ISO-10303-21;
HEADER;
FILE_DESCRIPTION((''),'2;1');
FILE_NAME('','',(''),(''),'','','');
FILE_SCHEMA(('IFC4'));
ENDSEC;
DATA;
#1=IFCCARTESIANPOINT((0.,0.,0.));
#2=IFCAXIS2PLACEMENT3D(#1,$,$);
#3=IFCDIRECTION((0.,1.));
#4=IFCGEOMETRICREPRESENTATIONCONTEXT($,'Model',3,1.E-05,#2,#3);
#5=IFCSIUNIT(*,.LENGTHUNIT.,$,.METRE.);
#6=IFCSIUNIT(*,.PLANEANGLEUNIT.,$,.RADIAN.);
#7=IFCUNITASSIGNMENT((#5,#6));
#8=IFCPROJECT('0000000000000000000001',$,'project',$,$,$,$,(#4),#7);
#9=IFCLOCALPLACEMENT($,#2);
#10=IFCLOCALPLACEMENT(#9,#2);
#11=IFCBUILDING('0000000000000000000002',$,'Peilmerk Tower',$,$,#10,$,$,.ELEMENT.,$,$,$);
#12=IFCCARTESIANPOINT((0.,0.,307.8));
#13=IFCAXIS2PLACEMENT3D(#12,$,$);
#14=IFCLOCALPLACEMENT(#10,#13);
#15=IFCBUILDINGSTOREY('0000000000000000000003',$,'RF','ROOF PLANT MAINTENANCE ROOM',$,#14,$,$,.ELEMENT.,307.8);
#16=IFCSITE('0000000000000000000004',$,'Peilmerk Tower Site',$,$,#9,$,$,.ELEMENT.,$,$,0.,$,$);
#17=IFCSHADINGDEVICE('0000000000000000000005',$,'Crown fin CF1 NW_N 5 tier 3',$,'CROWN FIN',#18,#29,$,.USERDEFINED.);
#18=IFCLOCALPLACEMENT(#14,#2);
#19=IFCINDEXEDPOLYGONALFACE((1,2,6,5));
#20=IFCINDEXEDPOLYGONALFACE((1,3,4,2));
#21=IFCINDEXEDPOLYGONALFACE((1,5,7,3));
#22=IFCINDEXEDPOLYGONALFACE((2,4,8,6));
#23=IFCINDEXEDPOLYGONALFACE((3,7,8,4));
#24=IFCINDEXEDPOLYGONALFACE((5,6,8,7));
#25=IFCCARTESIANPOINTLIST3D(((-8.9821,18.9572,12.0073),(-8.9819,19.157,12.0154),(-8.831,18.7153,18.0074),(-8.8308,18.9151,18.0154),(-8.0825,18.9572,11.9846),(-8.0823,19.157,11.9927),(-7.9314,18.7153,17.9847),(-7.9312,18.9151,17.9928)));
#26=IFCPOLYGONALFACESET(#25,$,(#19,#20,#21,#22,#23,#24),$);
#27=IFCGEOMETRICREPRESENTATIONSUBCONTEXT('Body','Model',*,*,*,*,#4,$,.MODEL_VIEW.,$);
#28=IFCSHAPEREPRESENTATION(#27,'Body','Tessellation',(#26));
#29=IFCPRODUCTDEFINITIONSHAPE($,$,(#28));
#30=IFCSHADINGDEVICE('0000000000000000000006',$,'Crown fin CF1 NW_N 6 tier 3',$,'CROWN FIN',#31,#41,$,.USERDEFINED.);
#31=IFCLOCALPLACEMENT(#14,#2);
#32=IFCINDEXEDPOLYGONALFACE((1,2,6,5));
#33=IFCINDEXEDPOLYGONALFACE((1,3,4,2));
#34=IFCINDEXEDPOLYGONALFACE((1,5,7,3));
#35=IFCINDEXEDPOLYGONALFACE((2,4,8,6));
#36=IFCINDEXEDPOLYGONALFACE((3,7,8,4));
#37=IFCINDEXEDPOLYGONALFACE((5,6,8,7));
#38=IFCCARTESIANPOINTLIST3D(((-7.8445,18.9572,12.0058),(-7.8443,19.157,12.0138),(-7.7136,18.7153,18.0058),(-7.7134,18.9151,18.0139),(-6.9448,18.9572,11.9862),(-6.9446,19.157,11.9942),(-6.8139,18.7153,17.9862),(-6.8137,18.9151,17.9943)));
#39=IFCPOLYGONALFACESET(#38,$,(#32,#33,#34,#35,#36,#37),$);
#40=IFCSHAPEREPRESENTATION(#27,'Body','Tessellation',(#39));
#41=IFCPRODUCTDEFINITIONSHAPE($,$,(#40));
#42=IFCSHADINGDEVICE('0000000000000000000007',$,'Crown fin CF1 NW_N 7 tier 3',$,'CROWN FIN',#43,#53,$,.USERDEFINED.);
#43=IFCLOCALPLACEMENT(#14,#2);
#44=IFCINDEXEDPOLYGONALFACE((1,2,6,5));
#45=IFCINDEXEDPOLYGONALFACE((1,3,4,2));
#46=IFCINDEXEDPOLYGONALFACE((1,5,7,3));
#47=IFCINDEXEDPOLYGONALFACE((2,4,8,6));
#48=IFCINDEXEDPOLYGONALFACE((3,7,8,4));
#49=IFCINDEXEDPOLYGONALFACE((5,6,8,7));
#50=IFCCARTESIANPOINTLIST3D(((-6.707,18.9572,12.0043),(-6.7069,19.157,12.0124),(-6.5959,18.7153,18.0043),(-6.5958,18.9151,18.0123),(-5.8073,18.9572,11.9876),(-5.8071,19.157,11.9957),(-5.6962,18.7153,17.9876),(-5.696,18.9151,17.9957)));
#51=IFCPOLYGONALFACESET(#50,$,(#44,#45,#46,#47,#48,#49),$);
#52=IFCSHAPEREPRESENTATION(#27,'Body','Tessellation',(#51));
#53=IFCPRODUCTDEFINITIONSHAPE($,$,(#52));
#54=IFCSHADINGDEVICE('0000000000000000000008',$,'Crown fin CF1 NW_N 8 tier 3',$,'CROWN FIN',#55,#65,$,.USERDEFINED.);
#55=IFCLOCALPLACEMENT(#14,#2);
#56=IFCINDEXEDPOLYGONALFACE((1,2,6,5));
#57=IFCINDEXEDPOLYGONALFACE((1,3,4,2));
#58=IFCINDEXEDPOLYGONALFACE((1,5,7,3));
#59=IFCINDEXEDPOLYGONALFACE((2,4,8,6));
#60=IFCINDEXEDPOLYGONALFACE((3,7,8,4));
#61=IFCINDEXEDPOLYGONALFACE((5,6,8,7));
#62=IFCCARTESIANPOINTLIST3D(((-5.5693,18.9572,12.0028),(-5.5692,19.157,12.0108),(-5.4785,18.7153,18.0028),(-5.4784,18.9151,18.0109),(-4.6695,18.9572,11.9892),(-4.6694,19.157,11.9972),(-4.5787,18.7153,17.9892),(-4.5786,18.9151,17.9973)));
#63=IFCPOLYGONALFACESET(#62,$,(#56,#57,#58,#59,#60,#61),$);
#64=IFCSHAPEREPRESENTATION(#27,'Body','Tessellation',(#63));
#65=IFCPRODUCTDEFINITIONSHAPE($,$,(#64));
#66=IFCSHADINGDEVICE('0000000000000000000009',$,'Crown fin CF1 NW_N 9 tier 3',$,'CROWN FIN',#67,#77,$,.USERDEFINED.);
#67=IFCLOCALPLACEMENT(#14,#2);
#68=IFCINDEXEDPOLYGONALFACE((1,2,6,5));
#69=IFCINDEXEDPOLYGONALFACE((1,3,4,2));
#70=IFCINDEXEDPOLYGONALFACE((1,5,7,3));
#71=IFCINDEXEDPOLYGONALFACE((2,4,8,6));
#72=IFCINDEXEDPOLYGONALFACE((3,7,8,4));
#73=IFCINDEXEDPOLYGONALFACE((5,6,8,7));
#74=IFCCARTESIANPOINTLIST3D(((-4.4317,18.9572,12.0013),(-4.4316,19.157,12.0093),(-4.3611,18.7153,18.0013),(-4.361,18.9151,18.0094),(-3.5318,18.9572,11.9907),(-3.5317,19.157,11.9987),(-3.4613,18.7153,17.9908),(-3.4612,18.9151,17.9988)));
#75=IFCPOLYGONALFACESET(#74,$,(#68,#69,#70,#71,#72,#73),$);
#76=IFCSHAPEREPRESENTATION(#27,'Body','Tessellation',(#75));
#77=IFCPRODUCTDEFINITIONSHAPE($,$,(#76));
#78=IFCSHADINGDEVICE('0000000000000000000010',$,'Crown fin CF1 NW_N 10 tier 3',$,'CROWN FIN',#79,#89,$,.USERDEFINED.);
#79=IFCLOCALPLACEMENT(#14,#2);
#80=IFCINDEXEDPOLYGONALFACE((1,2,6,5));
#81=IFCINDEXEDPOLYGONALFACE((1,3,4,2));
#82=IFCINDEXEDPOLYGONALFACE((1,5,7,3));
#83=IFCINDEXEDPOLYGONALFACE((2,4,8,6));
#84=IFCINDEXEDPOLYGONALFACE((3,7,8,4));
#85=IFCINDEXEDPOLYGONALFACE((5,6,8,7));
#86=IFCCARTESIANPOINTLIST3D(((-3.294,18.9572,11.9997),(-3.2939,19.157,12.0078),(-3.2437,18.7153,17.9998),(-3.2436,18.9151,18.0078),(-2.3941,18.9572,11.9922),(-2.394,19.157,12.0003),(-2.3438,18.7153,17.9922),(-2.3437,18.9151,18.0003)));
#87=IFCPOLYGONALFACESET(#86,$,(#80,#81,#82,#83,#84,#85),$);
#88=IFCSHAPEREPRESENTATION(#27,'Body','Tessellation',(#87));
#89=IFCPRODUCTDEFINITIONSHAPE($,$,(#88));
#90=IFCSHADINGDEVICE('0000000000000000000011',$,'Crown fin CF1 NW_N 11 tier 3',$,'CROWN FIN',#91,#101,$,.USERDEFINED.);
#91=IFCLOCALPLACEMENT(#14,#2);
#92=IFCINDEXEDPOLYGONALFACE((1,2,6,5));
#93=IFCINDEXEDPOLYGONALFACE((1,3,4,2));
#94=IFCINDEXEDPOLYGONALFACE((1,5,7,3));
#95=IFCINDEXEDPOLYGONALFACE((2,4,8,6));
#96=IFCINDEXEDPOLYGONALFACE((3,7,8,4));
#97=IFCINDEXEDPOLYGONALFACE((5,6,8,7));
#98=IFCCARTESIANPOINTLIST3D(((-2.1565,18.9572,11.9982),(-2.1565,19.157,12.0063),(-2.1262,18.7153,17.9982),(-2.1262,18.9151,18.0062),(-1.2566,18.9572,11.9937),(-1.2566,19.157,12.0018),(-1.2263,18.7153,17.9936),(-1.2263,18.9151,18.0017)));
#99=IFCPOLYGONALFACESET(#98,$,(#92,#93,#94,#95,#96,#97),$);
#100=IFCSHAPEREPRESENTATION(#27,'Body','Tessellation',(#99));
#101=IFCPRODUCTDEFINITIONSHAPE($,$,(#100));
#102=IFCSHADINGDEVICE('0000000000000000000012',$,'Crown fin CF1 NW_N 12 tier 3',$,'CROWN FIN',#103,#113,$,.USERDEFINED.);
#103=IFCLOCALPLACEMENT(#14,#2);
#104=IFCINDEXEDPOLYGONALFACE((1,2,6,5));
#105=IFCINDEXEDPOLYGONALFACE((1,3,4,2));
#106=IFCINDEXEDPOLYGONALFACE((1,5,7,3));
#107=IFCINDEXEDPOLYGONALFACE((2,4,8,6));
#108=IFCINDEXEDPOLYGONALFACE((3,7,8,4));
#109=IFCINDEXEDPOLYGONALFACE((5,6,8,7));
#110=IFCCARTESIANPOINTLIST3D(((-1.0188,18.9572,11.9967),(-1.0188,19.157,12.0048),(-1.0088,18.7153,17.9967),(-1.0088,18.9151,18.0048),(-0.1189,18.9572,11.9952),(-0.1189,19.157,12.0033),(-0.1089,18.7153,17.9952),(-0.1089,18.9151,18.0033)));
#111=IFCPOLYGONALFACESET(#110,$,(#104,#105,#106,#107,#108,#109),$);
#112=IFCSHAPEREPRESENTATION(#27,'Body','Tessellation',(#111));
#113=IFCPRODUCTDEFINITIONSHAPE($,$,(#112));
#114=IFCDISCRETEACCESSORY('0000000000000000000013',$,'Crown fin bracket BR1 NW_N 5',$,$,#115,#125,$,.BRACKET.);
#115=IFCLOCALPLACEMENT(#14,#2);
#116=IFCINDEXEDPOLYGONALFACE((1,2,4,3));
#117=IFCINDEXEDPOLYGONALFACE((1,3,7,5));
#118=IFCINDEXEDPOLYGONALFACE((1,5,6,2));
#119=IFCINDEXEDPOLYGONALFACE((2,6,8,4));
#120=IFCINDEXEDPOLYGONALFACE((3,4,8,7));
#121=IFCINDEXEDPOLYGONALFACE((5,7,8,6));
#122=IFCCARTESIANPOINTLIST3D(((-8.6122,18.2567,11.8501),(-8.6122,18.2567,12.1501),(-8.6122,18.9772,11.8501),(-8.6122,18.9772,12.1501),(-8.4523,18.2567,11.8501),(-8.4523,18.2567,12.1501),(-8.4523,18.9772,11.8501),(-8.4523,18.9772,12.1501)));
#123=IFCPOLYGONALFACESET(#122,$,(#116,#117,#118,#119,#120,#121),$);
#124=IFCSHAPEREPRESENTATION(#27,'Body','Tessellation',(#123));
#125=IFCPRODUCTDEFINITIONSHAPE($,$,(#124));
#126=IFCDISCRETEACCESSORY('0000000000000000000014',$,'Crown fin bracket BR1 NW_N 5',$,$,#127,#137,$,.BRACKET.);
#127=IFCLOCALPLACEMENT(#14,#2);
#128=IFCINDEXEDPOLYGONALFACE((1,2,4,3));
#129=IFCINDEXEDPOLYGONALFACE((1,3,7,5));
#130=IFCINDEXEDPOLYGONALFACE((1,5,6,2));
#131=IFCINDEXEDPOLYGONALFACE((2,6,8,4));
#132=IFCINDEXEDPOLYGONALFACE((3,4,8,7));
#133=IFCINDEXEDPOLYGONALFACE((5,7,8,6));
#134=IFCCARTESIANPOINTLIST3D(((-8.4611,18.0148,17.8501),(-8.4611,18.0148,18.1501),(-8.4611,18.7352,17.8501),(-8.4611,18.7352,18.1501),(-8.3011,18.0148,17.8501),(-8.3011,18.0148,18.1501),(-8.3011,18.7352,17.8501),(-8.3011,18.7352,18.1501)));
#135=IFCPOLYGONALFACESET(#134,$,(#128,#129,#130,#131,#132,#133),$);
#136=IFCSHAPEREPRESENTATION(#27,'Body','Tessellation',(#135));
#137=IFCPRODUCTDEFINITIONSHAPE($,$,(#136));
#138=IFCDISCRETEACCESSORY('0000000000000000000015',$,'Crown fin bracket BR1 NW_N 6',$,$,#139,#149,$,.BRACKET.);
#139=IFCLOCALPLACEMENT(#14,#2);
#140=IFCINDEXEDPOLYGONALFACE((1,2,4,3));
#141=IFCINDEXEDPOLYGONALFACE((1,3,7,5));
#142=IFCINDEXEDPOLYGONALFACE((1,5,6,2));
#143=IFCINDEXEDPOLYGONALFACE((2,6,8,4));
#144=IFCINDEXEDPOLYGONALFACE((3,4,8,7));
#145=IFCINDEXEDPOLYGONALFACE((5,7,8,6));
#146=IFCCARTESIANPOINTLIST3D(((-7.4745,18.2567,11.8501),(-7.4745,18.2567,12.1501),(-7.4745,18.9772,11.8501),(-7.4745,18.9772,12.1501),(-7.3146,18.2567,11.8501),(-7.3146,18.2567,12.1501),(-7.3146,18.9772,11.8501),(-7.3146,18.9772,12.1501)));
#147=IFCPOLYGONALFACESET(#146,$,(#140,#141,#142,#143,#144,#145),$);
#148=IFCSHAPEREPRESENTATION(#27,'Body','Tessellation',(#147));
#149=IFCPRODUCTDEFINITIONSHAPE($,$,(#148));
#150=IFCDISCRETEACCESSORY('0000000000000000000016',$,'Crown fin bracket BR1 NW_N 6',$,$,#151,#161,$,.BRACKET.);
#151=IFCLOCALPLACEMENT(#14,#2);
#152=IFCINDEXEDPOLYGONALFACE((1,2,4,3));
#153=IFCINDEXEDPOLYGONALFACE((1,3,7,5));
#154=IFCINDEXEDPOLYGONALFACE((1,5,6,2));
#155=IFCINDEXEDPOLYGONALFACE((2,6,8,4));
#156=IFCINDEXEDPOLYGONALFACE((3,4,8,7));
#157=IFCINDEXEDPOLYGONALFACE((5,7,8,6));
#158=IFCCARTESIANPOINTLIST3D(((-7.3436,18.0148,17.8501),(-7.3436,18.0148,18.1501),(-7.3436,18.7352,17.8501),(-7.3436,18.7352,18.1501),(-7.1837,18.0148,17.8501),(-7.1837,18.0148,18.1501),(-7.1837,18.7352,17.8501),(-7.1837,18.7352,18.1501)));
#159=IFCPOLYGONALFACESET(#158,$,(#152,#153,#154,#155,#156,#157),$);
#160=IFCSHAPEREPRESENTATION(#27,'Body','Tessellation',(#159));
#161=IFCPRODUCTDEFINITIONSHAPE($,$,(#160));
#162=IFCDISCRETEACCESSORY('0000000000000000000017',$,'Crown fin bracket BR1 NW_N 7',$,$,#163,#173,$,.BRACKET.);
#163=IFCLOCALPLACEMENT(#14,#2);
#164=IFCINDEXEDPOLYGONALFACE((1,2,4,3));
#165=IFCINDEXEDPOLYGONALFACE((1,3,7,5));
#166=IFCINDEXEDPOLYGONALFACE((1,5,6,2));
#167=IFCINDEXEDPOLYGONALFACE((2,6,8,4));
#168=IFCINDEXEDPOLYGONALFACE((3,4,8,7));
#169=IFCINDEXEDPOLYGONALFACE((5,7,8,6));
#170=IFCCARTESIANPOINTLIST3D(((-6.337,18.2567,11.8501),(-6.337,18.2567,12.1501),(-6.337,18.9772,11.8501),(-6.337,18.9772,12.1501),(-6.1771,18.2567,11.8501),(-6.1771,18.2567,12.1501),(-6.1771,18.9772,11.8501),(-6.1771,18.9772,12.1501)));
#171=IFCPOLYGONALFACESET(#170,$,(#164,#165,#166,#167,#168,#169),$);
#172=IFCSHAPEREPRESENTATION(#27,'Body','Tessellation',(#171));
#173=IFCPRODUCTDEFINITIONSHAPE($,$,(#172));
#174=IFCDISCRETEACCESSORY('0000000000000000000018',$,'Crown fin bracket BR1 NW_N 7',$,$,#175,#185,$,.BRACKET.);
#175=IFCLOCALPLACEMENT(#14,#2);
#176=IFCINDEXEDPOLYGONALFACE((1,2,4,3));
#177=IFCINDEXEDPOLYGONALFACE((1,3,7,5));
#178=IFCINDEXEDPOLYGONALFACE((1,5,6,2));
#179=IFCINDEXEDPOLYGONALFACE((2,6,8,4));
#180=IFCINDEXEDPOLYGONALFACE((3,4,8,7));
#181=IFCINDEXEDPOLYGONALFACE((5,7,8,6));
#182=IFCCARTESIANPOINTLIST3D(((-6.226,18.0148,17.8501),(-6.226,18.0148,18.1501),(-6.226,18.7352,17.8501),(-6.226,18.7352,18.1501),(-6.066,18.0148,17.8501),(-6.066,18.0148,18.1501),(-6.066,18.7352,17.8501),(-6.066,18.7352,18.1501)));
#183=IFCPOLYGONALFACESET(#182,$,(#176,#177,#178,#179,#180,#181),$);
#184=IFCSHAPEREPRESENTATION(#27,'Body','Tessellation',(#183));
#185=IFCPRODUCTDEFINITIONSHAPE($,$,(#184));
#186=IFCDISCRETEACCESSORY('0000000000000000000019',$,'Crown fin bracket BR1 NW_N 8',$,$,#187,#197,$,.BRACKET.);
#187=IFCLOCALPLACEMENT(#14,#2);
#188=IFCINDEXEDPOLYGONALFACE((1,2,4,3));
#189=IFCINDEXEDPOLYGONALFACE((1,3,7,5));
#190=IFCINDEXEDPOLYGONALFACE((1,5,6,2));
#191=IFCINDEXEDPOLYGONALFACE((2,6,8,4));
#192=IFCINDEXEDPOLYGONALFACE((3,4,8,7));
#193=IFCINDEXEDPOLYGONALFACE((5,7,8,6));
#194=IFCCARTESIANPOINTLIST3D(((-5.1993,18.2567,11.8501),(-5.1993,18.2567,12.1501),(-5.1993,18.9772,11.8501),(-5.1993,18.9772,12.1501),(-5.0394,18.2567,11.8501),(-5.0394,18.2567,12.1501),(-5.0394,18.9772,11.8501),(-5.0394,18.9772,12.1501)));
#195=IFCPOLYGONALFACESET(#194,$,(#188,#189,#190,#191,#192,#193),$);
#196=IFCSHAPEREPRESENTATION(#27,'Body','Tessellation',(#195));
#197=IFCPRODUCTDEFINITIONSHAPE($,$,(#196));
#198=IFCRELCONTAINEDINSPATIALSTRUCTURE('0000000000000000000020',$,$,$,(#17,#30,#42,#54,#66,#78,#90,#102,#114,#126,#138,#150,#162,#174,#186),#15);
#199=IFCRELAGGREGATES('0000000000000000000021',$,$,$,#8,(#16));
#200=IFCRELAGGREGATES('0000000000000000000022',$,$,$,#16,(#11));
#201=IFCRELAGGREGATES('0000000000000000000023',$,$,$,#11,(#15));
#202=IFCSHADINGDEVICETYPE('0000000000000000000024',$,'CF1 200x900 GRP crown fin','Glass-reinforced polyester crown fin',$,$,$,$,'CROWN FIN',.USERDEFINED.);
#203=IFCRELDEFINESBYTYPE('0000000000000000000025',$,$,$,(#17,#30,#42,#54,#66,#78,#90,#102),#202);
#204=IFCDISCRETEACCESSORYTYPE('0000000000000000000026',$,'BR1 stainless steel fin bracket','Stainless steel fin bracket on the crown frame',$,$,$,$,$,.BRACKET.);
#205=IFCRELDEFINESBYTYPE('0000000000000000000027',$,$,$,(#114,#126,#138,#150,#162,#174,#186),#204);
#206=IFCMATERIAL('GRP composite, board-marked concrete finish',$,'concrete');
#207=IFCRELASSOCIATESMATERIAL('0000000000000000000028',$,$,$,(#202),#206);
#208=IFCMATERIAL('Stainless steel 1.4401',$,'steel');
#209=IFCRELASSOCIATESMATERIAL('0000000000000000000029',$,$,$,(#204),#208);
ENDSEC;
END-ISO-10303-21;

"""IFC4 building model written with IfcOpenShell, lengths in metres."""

from ifc_helpers import new_model, si_unit, direction, frame, origin, origin_2d, place, context, subcontext, project, spatial, rectangle, extrude, source, transform, mapped, material, material_profile, profile_set, type_object, element, save


model = new_model("IFC4")

# Units and contexts
model_context = context("Model", 3, precision=1e-05, world=origin(), true_north=direction((0.0, 1.0)))
body_context = subcontext(model_context, "Body", "Model", "MODEL_VIEW")
ifc_project = project(units=[si_unit("LENGTHUNIT", "METRE"), si_unit("PLANEANGLEUNIT", "RADIAN")], contexts=[model_context])

# Site, building, storey
site_placement = place(None, origin())
site = spatial("IfcSite", under=ifc_project, at=site_placement, Name="Peilmerk Tower Site", CompositionType="ELEMENT", RefElevation=0.0)
building_placement = place(site_placement, origin())
building = spatial("IfcBuilding", under=site, at=building_placement, Name="Peilmerk Tower", CompositionType="ELEMENT")
storey_placement = place(building_placement, frame((0.0, 0.0, 307.8)))
storey = spatial("IfcBuildingStorey", under=building, at=storey_placement, Name="RF", Description="ROOF PLANT MAINTENANCE ROOM", CompositionType="ELEMENT", Elevation=307.8)

# Shading devices
ifc_material_1 = material(Name="GRP composite, board-marked concrete finish", Category="concrete")
ifc_material_profile = material_profile(ifc_material_1, rectangle(XDim=0.2, YDim=0.8999, at=origin_2d()), Name="CF1 200x900")
ifc_profile_set = profile_set([ifc_material_profile], Name="GRP composite, board-marked concrete finish")
shading_device_type = type_object("IfcShadingDeviceType", Name="CF1 200x900 GRP crown fin", Description="Glass-reinforced polyester crown fin", ElementType="CROWN FIN", PredefinedType="USERDEFINED", material=ifc_profile_set)
shared_shape_1 = source(origin(), body_context, "Body", "SweptSolid", [
    extrude(rectangle(XDim=0.2, YDim=0.8999, at=origin_2d()), origin(), (0.0, 0.0, 1.0), 6.0068),
])
shading_device_1_placement = place(storey_placement, frame((-8.5322, 19.0571, 12.0), z_axis=(0.025159, -0.040278, 0.998872), x_axis=(0.001014, 0.999188, 0.040266)))
element("IfcShadingDevice", 1, at=shading_device_1_placement, inside=storey, type_object=shading_device_type, Name="Crown fin CF1 NW_N 5 tier 3", ObjectType="CROWN FIN", PredefinedType="USERDEFINED", context=body_context, shape_type="MappedRepresentation", body=[
    mapped(shared_shape_1, transform((0.0, 0.0, 0.0), scale=1.0)),
])
shared_shape_2 = source(origin(), body_context, "Body", "SweptSolid", [
    extrude(rectangle(XDim=0.2, YDim=0.8999, at=origin_2d()), origin(), (0.0, 0.0, 1.0), 6.0063),
])
shading_device_2_placement = place(storey_placement, frame((-7.3945, 19.0571, 12.0), z_axis=(0.021787, -0.040282, 0.998951), x_axis=(0.000878, 0.999188, 0.040272)))
element("IfcShadingDevice", 2, at=shading_device_2_placement, inside=storey, type_object=shading_device_type, Name="Crown fin CF1 NW_N 6 tier 3", ObjectType="CROWN FIN", PredefinedType="USERDEFINED", context=body_context, shape_type="MappedRepresentation", body=[
    mapped(shared_shape_2, transform((0.0, 0.0, 0.0), scale=1.0)),
])
shared_shape_3 = source(origin(), body_context, "Body", "SweptSolid", [
    extrude(rectangle(XDim=0.2, YDim=0.8999, at=origin_2d()), origin(), (0.0, 0.0, 1.0), 6.0059),
])
shading_device_3_placement = place(storey_placement, frame((-6.2571, 19.0571, 12.0), z_axis=(0.018496, -0.040284, 0.999017), x_axis=(0.000746, 0.999188, 0.040277)))
element("IfcShadingDevice", 3, at=shading_device_3_placement, inside=storey, type_object=shading_device_type, Name="Crown fin CF1 NW_N 7 tier 3", ObjectType="CROWN FIN", PredefinedType="USERDEFINED", context=body_context, shape_type="MappedRepresentation", body=[
    mapped(shared_shape_3, transform((0.0, 0.0, 0.0), scale=1.0)),
])
shared_shape_4 = source(origin(), body_context, "Body", "SweptSolid", [
    extrude(rectangle(XDim=0.2, YDim=0.8999, at=origin_2d()), origin(), (0.0, 0.0, 1.0), 6.0056),
])
shading_device_4_placement = place(storey_placement, frame((-5.1194, 19.0571, 12.0), z_axis=(0.015123, -0.040287, 0.999074), x_axis=(0.00061, 0.999188, 0.040282)))
element("IfcShadingDevice", 4, at=shading_device_4_placement, inside=storey, type_object=shading_device_type, Name="Crown fin CF1 NW_N 8 tier 3", ObjectType="CROWN FIN", PredefinedType="USERDEFINED", context=body_context, shape_type="MappedRepresentation", body=[
    mapped(shared_shape_4, transform((0.0, 0.0, 0.0), scale=1.0)),
])
shared_shape_5 = source(origin(), body_context, "Body", "SweptSolid", [
    extrude(rectangle(XDim=0.2, YDim=0.8999, at=origin_2d()), origin(), (0.0, 0.0, 1.0), 6.0054),
])
shading_device_5_placement = place(storey_placement, frame((-3.9817, 19.0571, 12.0), z_axis=(0.011749, -0.040288, 0.999119), x_axis=(0.000474, 0.999188, 0.040286)))
element("IfcShadingDevice", 5, at=shading_device_5_placement, inside=storey, type_object=shading_device_type, Name="Crown fin CF1 NW_N 9 tier 3", ObjectType="CROWN FIN", PredefinedType="USERDEFINED", context=body_context, shape_type="MappedRepresentation", body=[
    mapped(shared_shape_5, transform((0.0, 0.0, 0.0), scale=1.0)),
])
shared_shape_6 = source(origin(), body_context, "Body", "SweptSolid", [
    extrude(rectangle(XDim=0.2, YDim=0.8999, at=origin_2d()), origin(), (0.0, 0.0, 1.0), 6.0051),
])
shading_device_6_placement = place(storey_placement, frame((-2.844, 19.0571, 12.0), z_axis=(0.008375, -0.04029, 0.999153), x_axis=(0.000338, 0.999188, 0.040288)))
element("IfcShadingDevice", 6, at=shading_device_6_placement, inside=storey, type_object=shading_device_type, Name="Crown fin CF1 NW_N 10 tier 3", ObjectType="CROWN FIN", PredefinedType="USERDEFINED", context=body_context, shape_type="MappedRepresentation", body=[
    mapped(shared_shape_6, transform((0.0, 0.0, 0.0), scale=1.0)),
])
shared_shape_7 = source(origin(), body_context, "Body", "SweptSolid", [
    extrude(rectangle(XDim=0.2, YDim=0.8999, at=origin_2d()), origin(), (0.0, 0.0, 1.0), 6.0049),
])
for number, where, z_axis, x_axis, name in (
    (7, (-1.7065, 19.0571, 12.0), (0.005041, -0.040291, 0.999175), (0.000203, 0.999188, 0.04029), "Crown fin CF1 NW_N 11 tier 3"),
    (8, (-0.5688, 19.0571, 12.0), (0.001667, -0.040291, 0.999187), (0.000067, 0.999188, 0.040291), "Crown fin CF1 NW_N 12 tier 3"),
):
    element("IfcShadingDevice", number, at=place(storey_placement, frame(where, z_axis=z_axis, x_axis=x_axis)), inside=storey, type_object=shading_device_type, Name=name, ObjectType="CROWN FIN", PredefinedType="USERDEFINED", context=body_context, shape_type="MappedRepresentation", body=[
        mapped(shared_shape_7, transform((0.0, 0.0, 0.0), scale=1.0)),
    ])

# Discrete accessories
ifc_material_2 = material(Name="Stainless steel 1.4401", Category="steel")
discrete_accessory_type = type_object("IfcDiscreteAccessoryType", Name="BR1 stainless steel fin bracket", Description="Stainless steel fin bracket on the crown frame", PredefinedType="BRACKET", material=ifc_material_2)
shared_shape_8 = source(origin(), body_context, "Body", "SweptSolid", [
    extrude(rectangle(XDim=0.7205, YDim=0.1599, at=origin_2d()), origin(), (0.0, 0.0, 1.0), 0.3),
])
for number, where, z_axis, x_axis, name in (
    (9, (-8.5322, 18.6169, 11.8501), (0.0, 0.0, 1.0), (0.0, 1.0, 0.0), "Crown fin bracket BR1 NW_N 5"),
    (10, (-8.3811, 18.375, 17.8501), (0.0, 0.0, 1.0), (0.0, 1.0, 0.0), "Crown fin bracket BR1 NW_N 5"),
    (11, (-7.3945, 18.6169, 11.8501), (0.0, 0.0, 1.0), (0.0, 1.0, 0.0), "Crown fin bracket BR1 NW_N 6"),
    (12, (-7.2637, 18.375, 17.8501), (0.0, 0.0, 1.0), (0.0, 1.0, 0.0), "Crown fin bracket BR1 NW_N 6"),
    (13, (-6.2571, 18.6169, 11.8501), (0.0, 0.0, 1.0), (0.0, 1.0, 0.0), "Crown fin bracket BR1 NW_N 7"),
    (14, (-6.146, 18.375, 17.8501), (0.0, 0.0, 1.0), (0.0, 1.0, 0.0), "Crown fin bracket BR1 NW_N 7"),
    (15, (-5.1194, 18.6169, 11.8501), (0.0, 0.0, 1.0), (0.0, 1.0, 0.0), "Crown fin bracket BR1 NW_N 8"),
):
    element("IfcDiscreteAccessory", number, at=place(storey_placement, frame(where, z_axis=z_axis, x_axis=x_axis)), inside=storey, type_object=discrete_accessory_type, Name=name, PredefinedType="BRACKET", context=body_context, shape_type="MappedRepresentation", body=[
        mapped(shared_shape_8, transform((0.0, 0.0, 0.0), scale=1.0)),
    ])

save(model, "model.ifc")
